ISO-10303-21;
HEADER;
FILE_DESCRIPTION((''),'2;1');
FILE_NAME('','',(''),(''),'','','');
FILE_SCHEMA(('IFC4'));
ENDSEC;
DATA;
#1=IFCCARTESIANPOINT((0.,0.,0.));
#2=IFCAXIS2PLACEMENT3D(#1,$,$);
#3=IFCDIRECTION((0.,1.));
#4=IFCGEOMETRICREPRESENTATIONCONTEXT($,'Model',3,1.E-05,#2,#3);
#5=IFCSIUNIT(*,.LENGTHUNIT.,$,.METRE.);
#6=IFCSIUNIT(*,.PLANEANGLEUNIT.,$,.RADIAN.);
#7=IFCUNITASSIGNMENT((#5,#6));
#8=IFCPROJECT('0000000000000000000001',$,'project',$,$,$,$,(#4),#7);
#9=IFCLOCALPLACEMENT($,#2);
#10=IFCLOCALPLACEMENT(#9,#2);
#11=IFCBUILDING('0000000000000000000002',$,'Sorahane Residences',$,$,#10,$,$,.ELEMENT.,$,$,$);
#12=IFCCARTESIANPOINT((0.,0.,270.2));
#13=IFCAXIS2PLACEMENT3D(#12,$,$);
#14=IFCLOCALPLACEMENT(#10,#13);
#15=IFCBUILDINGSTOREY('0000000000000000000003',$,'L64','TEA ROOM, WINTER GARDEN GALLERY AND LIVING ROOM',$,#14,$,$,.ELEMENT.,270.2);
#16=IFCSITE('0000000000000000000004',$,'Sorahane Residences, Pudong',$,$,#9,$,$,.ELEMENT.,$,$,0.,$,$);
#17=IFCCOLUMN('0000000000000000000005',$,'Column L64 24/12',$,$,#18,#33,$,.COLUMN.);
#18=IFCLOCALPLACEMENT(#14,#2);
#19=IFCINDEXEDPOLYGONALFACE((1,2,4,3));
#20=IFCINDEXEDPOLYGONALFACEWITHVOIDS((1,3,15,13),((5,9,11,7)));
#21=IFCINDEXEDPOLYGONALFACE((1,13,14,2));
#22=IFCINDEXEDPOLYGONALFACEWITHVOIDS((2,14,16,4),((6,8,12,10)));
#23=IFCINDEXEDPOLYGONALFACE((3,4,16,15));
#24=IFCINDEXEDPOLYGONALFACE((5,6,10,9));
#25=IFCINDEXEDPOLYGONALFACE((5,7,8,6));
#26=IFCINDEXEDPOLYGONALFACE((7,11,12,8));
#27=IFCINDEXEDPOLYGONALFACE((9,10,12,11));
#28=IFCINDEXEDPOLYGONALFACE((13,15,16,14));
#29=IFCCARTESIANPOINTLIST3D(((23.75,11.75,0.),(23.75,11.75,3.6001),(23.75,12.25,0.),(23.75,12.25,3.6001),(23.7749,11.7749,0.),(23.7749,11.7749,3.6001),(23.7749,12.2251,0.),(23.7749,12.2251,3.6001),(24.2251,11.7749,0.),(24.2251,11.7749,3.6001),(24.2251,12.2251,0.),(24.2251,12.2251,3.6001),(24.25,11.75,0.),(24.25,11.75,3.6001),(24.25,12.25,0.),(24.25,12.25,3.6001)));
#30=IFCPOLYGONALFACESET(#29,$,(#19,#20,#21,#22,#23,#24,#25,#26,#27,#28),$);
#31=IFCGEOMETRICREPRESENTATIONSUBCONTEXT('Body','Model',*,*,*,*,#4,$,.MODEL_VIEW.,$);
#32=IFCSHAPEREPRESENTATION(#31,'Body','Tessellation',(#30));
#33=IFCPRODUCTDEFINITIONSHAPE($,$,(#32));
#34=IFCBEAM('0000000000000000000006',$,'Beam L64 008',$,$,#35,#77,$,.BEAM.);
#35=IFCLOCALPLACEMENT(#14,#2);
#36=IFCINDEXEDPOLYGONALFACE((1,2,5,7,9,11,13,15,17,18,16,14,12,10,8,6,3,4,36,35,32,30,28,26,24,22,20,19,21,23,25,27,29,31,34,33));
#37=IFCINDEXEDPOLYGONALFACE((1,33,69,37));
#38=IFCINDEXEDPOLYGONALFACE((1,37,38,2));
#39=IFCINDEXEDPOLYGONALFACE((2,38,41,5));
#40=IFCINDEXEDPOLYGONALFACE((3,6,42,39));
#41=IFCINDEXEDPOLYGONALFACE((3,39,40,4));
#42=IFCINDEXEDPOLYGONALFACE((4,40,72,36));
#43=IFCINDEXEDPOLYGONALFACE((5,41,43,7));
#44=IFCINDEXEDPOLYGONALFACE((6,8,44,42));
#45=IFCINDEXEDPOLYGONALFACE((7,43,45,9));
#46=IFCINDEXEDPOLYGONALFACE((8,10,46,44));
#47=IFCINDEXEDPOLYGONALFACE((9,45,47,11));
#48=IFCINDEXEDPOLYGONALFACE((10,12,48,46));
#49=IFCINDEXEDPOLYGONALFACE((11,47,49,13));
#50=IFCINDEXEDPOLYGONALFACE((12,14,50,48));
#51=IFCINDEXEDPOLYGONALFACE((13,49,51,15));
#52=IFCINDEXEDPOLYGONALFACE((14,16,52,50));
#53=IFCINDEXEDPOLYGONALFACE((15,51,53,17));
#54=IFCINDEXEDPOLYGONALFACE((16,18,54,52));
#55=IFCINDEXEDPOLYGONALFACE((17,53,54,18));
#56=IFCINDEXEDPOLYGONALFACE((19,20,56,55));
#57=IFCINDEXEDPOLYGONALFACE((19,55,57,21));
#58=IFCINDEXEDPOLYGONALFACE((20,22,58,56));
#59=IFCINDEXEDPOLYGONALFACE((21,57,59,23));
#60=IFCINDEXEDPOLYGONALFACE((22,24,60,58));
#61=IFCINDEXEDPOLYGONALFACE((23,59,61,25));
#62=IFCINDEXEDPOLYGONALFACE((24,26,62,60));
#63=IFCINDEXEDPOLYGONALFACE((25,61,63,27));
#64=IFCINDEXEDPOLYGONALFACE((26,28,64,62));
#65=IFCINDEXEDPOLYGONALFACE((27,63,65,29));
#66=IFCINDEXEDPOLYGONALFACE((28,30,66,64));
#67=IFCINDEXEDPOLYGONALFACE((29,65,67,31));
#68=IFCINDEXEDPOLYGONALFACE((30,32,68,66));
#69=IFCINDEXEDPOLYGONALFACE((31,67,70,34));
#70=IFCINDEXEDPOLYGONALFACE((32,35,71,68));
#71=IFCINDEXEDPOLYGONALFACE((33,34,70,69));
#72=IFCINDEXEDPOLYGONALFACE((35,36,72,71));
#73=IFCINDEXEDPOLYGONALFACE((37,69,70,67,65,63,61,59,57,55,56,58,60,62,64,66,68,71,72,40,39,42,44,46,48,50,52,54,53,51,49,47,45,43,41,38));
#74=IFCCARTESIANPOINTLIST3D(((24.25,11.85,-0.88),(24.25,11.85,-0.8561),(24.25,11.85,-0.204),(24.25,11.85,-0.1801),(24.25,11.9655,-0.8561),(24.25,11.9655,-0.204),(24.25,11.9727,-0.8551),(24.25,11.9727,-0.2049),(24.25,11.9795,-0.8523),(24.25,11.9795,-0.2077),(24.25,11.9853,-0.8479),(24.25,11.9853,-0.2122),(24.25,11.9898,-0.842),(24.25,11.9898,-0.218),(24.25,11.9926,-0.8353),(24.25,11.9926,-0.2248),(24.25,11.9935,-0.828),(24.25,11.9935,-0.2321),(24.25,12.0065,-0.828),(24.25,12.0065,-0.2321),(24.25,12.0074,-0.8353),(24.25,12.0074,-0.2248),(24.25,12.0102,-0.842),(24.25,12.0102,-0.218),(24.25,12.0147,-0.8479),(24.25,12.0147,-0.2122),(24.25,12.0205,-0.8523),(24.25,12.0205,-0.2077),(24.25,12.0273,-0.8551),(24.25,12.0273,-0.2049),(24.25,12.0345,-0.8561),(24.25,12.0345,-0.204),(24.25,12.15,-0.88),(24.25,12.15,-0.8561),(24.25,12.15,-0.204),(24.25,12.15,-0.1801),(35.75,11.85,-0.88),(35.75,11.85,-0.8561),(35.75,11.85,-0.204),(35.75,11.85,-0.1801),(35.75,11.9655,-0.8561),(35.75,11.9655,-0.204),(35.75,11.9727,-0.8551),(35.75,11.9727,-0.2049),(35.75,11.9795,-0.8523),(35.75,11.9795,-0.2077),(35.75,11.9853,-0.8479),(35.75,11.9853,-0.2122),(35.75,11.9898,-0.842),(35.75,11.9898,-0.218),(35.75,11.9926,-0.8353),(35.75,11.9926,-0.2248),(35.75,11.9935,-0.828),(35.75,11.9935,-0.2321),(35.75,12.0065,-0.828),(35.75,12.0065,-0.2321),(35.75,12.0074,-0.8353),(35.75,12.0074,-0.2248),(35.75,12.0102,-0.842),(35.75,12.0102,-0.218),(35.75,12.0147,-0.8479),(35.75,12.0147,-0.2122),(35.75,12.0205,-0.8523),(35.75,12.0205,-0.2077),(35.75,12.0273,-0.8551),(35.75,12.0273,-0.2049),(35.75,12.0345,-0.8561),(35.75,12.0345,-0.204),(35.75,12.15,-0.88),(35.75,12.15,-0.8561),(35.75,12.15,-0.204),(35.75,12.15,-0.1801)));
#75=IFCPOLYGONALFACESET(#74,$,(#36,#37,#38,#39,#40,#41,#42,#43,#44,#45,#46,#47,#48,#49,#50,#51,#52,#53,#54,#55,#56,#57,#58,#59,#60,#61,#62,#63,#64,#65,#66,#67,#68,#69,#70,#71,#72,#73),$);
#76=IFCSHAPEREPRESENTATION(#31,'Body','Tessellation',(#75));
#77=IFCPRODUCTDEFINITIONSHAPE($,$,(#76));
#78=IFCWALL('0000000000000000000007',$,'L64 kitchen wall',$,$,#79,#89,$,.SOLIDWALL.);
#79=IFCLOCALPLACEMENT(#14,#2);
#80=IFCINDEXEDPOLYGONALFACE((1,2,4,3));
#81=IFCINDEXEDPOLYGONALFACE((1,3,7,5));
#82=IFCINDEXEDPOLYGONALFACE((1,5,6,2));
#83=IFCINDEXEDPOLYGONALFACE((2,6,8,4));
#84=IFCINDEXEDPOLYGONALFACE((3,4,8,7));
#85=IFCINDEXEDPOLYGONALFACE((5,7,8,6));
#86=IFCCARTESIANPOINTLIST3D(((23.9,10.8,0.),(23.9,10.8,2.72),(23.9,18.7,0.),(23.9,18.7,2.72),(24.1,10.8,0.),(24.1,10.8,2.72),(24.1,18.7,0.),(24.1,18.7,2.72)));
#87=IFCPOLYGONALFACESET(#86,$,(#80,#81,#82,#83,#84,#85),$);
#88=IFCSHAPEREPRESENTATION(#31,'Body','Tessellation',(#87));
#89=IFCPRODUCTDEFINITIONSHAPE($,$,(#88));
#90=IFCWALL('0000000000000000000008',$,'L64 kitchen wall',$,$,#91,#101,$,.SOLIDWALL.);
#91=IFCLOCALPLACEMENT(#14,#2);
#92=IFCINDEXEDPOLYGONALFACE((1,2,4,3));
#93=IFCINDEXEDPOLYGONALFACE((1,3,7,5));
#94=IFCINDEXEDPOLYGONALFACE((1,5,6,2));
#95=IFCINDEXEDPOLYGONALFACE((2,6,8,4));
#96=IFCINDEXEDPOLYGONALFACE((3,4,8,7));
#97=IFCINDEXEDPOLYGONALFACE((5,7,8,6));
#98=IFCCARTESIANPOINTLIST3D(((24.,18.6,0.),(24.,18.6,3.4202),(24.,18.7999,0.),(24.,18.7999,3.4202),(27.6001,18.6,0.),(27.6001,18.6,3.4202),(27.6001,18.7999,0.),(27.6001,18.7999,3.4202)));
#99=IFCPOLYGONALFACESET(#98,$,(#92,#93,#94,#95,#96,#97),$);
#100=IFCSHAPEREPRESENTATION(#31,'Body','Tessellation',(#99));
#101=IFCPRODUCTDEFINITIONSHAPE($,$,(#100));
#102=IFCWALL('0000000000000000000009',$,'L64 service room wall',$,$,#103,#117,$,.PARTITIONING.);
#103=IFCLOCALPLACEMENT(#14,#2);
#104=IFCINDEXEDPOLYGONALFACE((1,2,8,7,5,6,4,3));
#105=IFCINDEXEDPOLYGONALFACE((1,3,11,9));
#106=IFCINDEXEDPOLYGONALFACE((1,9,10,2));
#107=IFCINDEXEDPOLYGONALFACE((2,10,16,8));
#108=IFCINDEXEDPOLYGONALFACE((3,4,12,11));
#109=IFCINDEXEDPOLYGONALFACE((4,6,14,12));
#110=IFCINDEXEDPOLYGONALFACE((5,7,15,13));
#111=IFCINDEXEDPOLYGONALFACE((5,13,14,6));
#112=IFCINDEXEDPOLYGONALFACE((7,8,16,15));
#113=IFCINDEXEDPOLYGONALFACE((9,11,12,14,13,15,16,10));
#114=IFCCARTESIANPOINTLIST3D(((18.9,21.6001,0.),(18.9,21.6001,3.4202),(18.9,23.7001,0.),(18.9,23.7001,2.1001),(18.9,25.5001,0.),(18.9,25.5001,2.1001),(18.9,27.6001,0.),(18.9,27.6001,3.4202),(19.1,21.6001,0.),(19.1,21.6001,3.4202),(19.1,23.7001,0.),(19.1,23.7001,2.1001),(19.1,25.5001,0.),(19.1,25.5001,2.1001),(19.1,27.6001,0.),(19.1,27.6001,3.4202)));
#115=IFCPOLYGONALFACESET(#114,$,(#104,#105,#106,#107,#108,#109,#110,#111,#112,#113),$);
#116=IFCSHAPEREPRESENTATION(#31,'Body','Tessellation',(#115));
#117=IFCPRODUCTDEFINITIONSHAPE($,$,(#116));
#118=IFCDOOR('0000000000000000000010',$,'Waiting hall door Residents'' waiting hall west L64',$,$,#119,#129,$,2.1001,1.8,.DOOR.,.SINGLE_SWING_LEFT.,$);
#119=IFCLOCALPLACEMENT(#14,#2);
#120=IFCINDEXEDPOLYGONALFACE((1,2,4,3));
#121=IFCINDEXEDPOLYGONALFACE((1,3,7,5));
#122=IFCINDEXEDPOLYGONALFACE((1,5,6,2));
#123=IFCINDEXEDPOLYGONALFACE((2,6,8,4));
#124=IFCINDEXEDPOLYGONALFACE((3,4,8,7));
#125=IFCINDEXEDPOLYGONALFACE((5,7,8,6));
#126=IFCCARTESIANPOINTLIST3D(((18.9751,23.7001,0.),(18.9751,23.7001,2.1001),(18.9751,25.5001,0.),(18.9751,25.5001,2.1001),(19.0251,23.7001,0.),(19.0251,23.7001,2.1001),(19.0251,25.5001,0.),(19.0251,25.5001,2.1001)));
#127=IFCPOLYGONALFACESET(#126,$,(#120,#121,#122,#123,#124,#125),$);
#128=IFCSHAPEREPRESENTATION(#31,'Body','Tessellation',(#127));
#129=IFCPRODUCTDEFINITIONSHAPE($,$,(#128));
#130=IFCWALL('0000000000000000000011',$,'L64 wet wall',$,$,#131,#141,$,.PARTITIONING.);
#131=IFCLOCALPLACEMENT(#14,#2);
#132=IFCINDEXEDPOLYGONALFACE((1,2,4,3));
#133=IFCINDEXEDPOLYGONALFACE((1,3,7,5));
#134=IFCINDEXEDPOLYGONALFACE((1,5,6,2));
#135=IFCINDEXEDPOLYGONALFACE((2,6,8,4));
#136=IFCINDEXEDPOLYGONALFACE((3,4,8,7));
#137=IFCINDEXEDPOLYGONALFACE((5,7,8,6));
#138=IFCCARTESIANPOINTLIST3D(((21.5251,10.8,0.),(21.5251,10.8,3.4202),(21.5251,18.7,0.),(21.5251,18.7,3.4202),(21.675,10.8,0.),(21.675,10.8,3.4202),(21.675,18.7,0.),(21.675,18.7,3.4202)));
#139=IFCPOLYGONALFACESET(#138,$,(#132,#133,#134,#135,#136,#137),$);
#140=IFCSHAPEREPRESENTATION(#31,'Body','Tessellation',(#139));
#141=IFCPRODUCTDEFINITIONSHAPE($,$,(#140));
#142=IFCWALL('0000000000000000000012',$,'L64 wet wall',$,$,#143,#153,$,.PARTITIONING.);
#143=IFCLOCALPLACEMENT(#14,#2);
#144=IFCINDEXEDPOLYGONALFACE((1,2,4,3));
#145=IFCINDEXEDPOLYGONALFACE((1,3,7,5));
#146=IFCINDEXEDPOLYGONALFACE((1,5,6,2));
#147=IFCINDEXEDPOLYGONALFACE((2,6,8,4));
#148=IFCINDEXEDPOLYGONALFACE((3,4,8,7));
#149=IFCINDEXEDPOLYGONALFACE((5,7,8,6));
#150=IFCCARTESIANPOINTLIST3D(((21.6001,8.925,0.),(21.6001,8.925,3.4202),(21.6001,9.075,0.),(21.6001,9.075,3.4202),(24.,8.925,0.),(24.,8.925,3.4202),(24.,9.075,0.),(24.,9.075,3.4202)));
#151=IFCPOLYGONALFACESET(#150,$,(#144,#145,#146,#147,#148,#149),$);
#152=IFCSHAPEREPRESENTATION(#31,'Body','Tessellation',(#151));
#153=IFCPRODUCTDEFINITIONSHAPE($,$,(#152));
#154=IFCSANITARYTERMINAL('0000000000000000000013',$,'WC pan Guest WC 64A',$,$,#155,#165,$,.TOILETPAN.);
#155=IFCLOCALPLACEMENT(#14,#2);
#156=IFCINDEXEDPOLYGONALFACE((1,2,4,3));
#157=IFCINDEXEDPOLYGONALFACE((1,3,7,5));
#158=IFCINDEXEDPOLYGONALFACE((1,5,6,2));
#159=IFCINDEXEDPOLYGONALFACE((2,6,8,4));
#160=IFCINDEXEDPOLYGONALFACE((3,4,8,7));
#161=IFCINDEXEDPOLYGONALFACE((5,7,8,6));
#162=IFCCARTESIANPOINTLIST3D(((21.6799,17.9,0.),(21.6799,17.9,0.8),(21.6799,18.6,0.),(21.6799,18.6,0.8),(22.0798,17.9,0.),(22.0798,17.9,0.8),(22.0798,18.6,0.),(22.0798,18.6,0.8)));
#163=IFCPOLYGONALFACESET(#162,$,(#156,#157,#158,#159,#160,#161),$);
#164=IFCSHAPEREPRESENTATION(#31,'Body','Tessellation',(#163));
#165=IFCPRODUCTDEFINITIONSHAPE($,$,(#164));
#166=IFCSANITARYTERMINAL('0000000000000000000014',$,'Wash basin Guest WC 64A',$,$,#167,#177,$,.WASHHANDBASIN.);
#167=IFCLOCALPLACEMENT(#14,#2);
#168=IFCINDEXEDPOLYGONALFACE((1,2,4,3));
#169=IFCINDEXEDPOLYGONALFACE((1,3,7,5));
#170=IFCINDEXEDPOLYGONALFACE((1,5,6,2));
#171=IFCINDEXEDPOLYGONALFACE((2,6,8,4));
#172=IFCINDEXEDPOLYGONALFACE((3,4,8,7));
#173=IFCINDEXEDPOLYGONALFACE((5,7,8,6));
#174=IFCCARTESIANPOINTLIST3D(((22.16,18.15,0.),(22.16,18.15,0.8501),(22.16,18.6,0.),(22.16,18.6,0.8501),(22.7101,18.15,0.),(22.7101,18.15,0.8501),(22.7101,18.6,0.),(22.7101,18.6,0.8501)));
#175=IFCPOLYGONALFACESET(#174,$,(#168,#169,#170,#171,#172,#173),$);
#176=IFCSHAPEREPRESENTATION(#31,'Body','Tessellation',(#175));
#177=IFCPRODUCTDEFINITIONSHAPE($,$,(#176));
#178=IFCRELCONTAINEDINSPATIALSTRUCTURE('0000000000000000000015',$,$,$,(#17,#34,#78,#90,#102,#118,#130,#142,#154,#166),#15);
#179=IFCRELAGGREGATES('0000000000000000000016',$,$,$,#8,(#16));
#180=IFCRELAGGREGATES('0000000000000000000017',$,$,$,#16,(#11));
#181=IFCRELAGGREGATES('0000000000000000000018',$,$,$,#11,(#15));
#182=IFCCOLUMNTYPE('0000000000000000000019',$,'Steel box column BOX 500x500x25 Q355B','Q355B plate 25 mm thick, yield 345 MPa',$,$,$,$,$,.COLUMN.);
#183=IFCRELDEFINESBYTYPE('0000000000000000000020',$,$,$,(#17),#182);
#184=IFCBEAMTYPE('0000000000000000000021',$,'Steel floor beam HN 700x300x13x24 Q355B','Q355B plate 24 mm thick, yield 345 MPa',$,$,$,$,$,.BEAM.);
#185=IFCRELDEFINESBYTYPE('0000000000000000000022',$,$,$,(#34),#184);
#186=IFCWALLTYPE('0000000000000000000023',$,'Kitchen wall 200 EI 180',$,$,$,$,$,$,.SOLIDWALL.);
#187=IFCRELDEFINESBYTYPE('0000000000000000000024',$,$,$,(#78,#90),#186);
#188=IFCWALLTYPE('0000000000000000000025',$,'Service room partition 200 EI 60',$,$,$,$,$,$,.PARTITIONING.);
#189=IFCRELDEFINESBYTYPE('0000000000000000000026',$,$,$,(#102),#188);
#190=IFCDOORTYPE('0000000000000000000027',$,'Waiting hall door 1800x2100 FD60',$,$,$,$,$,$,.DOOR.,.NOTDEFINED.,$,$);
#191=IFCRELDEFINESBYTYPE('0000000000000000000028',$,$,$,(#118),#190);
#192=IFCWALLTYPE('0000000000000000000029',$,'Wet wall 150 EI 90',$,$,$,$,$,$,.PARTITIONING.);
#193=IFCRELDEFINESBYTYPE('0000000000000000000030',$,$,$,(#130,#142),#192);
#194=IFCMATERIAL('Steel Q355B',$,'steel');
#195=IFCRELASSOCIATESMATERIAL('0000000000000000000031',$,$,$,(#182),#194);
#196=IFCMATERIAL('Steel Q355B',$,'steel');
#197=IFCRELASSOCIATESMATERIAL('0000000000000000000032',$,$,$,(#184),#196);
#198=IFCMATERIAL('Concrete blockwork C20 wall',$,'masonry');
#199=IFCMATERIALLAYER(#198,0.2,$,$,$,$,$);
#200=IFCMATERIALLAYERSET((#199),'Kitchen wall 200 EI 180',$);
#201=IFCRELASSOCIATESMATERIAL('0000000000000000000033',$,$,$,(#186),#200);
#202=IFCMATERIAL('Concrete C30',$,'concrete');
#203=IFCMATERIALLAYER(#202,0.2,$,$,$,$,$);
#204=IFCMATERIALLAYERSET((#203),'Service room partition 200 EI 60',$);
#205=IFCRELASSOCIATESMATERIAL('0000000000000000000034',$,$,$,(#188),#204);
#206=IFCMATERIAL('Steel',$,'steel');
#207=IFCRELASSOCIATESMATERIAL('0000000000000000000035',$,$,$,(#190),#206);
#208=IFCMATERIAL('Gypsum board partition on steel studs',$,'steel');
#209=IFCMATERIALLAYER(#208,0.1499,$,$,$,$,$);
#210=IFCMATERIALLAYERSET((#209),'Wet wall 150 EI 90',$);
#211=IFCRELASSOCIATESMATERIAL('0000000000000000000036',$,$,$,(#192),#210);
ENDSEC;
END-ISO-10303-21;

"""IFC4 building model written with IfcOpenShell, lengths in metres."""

from ifc_helpers import new_model, si_unit, direction, frame, frame_2d, origin, origin_2d, place, context, subcontext, project, spatial, rectangle, hollow_rectangle, i_section, extrude, material, layer, layer_set, material_profile, profile_set, type_object, element, fill, save


model = new_model("IFC4")

# Units and contexts
model_context = context("Model", 3, precision=1e-05, world=origin(), true_north=direction((0.0, 1.0)))
body_context = subcontext(model_context, "Body", "Model", "MODEL_VIEW")
ifc_project = project(units=[si_unit("LENGTHUNIT", "METRE"), si_unit("PLANEANGLEUNIT", "RADIAN")], contexts=[model_context])

# Site, building, storey
site_placement = place(None, origin())
site = spatial("IfcSite", under=ifc_project, at=site_placement, Name="Sorahane Residences, Pudong", CompositionType="ELEMENT", RefElevation=0.0)
building_placement = place(site_placement, origin())
building = spatial("IfcBuilding", under=site, at=building_placement, Name="Sorahane Residences", CompositionType="ELEMENT")
storey_placement = place(building_placement, frame((0.0, 0.0, 270.2)))
storey = spatial("IfcBuildingStorey", under=building, at=storey_placement, Name="L64", Description="TEA ROOM, WINTER GARDEN GALLERY AND LIVING ROOM", CompositionType="ELEMENT", Elevation=270.2)

# Column
ifc_material_1 = material(Name="Steel Q355B", Category="steel")
ifc_material_profile_1 = material_profile(ifc_material_1, hollow_rectangle(XDim=0.5, YDim=0.5, WallThickness=0.0249, at=origin_2d()), Name="BOX 500x500x25")
ifc_profile_set_1 = profile_set([ifc_material_profile_1], Name="Steel Q355B")
column_type = type_object("IfcColumnType", Name="Steel box column BOX 500x500x25 Q355B", Description="Q355B plate 25 mm thick, yield 345 MPa", PredefinedType="COLUMN", material=ifc_profile_set_1)
column_placement = place(storey_placement, frame((24.0, 12.0, 0.0), z_axis=(0.0, 0.0, 1.0), x_axis=(1.0, 0.0, 0.0)))
element("IfcColumn", 1, at=column_placement, inside=storey, type_object=column_type, Name="Column L64 24/12", PredefinedType="COLUMN", context=body_context, shape_type="SweptSolid", body=[
    extrude(hollow_rectangle(XDim=0.5, YDim=0.5, WallThickness=0.0249, at=origin_2d()), origin(), (0.0, 0.0, 1.0), 3.6001),
])

# Beam
ifc_material_2 = material(Name="Steel Q355B", Category="steel")
ifc_material_profile_2 = material_profile(ifc_material_2, i_section(OverallWidth=0.3, OverallDepth=0.7, WebThickness=0.0129, FlangeThickness=0.0239, FilletRadius=0.0281, at=origin_2d()), Name="HN 700x300x13x24")
ifc_profile_set_2 = profile_set([ifc_material_profile_2], Name="Steel Q355B")
beam_type = type_object("IfcBeamType", Name="Steel floor beam HN 700x300x13x24 Q355B", Description="Q355B plate 24 mm thick, yield 345 MPa", PredefinedType="BEAM", material=ifc_profile_set_2)
beam_placement = place(storey_placement, frame((24.25, 12.0, -0.53), z_axis=(1.0, 0.0, 0.0), x_axis=(0.0, 1.0, 0.0)))
element("IfcBeam", 2, at=beam_placement, inside=storey, type_object=beam_type, Name="Beam L64 008", PredefinedType="BEAM", context=body_context, shape_type="SweptSolid", body=[
    extrude(i_section(OverallWidth=0.3, OverallDepth=0.7, WebThickness=0.0129, FlangeThickness=0.0239, FilletRadius=0.0281, at=origin_2d()), origin(), (0.0, 0.0, 1.0), 11.5),
])

# Wall
ifc_material_3 = material(Name="Concrete blockwork C20 wall", Category="masonry")
ifc_layer_1 = layer(ifc_material_3, 0.2)
ifc_layer_set_1 = layer_set([ifc_layer_1], Name="Kitchen wall 200 EI 180")
wall_type_1 = type_object("IfcWallType", Name="Kitchen wall 200 EI 180", PredefinedType="SOLIDWALL", material=ifc_layer_set_1)
wall_1_placement = place(storey_placement, frame((24.0, 10.8, 0.0), z_axis=(0.0, 0.0, 1.0), x_axis=(0.0, 1.0, 0.0)))
element("IfcWall", 3, at=wall_1_placement, inside=storey, type_object=wall_type_1, Name="L64 kitchen wall", PredefinedType="SOLIDWALL", context=body_context, shape_type="SweptSolid", body=[
    extrude(rectangle(XDim=7.8999, YDim=0.2, at=frame_2d((3.95, 0.0))), origin(), (0.0, 0.0, 1.0), 2.72),
])

# Wall
wall_2_placement = place(storey_placement, frame((24.0, 18.7, 0.0), z_axis=(0.0, 0.0, 1.0), x_axis=(1.0, 0.0, 0.0)))
element("IfcWall", 4, at=wall_2_placement, inside=storey, type_object=wall_type_1, Name="L64 kitchen wall", PredefinedType="SOLIDWALL", context=body_context, shape_type="SweptSolid", body=[
    extrude(rectangle(XDim=3.6001, YDim=0.2, at=frame_2d((1.8, 0.0))), origin(), (0.0, 0.0, 1.0), 3.4202),
])

# Wall, opening, door
ifc_material_4 = material(Name="Concrete C30", Category="concrete")
ifc_layer_2 = layer(ifc_material_4, 0.2)
ifc_layer_set_2 = layer_set([ifc_layer_2], Name="Service room partition 200 EI 60")
wall_type_2 = type_object("IfcWallType", Name="Service room partition 200 EI 60", PredefinedType="PARTITIONING", material=ifc_layer_set_2)
wall_3_placement = place(storey_placement, frame((19.0, 21.6001, 0.0), z_axis=(0.0, 0.0, 1.0), x_axis=(0.0, 1.0, 0.0)))
wall_3 = element("IfcWall", 5, at=wall_3_placement, inside=storey, type_object=wall_type_2, Name="L64 service room wall", PredefinedType="PARTITIONING", context=body_context, shape_type="SweptSolid", body=[
    extrude(rectangle(XDim=6.0, YDim=0.2, at=frame_2d((3.0, 0.0))), origin(), (0.0, 0.0, 1.0), 3.4202),
])
opening_1_placement = place(wall_3_placement, frame((2.1001, 0.0, 0.0)))
opening_1 = element("IfcOpeningElement", 6, at=opening_1_placement, cuts=wall_3, PredefinedType="OPENING", context=body_context, shape_type="SweptSolid", body=[
    extrude(rectangle(XDim=1.8, YDim=2.1001, at=frame_2d((0.8999, 1.05))), frame((0.0, 0.1099, 0.0), z_axis=(0.0, -1.0, 0.0), x_axis=(1.0, 0.0, 0.0)), (0.0, 0.0, 1.0), 0.22),
])
ifc_material_5 = material(Name="Steel", Category="steel")
door_type_1 = type_object("IfcDoorType", Name="Waiting hall door 1800x2100 FD60", OperationType="NOTDEFINED", PredefinedType="DOOR", material=ifc_material_5)
door_1_placement = place(opening_1_placement, origin())
door_1 = element("IfcDoor", 7, at=door_1_placement, inside=storey, type_object=door_type_1, Name="Waiting hall door Residents' waiting hall west L64", OperationType="SINGLE_SWING_LEFT", OverallHeight=2.1001, OverallWidth=1.8, PredefinedType="DOOR", context=body_context, shape_type="SweptSolid", body=[
    extrude(rectangle(XDim=1.8, YDim=2.1001, at=frame_2d((0.8999, 1.05))), frame((0.0, 0.0249, 0.0), z_axis=(0.0, -1.0, 0.0), x_axis=(1.0, 0.0, 0.0)), (0.0, 0.0, 1.0), 0.05),
])
fill(opening_1, door_1)

# Wall
ifc_material_6 = material(Name="Gypsum board partition on steel studs", Category="steel")
ifc_layer_3 = layer(ifc_material_6, 0.1499)
ifc_layer_set_3 = layer_set([ifc_layer_3], Name="Wet wall 150 EI 90")
wall_type_3 = type_object("IfcWallType", Name="Wet wall 150 EI 90", PredefinedType="PARTITIONING", material=ifc_layer_set_3)
wall_4_placement = place(storey_placement, frame((21.6001, 10.8, 0.0), z_axis=(0.0, 0.0, 1.0), x_axis=(0.0, 1.0, 0.0)))
element("IfcWall", 8, at=wall_4_placement, inside=storey, type_object=wall_type_3, Name="L64 wet wall", PredefinedType="PARTITIONING", context=body_context, shape_type="SweptSolid", body=[
    extrude(rectangle(XDim=7.8999, YDim=0.1499, at=frame_2d((3.95, 0.0))), origin(), (0.0, 0.0, 1.0), 3.4202),
])

# Wall
wall_5_placement = place(storey_placement, frame((21.6001, 9.0, 0.0), z_axis=(0.0, 0.0, 1.0), x_axis=(1.0, 0.0, 0.0)))
element("IfcWall", 9, at=wall_5_placement, inside=storey, type_object=wall_type_3, Name="L64 wet wall", PredefinedType="PARTITIONING", context=body_context, shape_type="SweptSolid", body=[
    extrude(rectangle(XDim=2.3999, YDim=0.1499, at=frame_2d((1.2, 0.0))), origin(), (0.0, 0.0, 1.0), 3.4202),
])

# Sanitary terminals
sanitary_terminal_1_placement = place(storey_placement, frame((21.8799, 18.25, 0.0), z_axis=(0.0, 0.0, 1.0), x_axis=(1.0, 0.0, 0.0)))
element("IfcSanitaryTerminal", 10, at=sanitary_terminal_1_placement, inside=storey, Name="WC pan Guest WC 64A", PredefinedType="TOILETPAN", context=body_context, shape_type="SweptSolid", body=[
    extrude(rectangle(XDim=0.3999, YDim=0.7, at=origin_2d()), origin(), (0.0, 0.0, 1.0), 0.8),
])
sanitary_terminal_2_placement = place(storey_placement, frame((22.4351, 18.375, 0.0), z_axis=(0.0, 0.0, 1.0), x_axis=(1.0, 0.0, 0.0)))
element("IfcSanitaryTerminal", 11, at=sanitary_terminal_2_placement, inside=storey, Name="Wash basin Guest WC 64A", PredefinedType="WASHHANDBASIN", context=body_context, shape_type="SweptSolid", body=[
    extrude(rectangle(XDim=0.55, YDim=0.45, at=origin_2d()), origin(), (0.0, 0.0, 1.0), 0.8501),
])

save(model, "model.ifc")
